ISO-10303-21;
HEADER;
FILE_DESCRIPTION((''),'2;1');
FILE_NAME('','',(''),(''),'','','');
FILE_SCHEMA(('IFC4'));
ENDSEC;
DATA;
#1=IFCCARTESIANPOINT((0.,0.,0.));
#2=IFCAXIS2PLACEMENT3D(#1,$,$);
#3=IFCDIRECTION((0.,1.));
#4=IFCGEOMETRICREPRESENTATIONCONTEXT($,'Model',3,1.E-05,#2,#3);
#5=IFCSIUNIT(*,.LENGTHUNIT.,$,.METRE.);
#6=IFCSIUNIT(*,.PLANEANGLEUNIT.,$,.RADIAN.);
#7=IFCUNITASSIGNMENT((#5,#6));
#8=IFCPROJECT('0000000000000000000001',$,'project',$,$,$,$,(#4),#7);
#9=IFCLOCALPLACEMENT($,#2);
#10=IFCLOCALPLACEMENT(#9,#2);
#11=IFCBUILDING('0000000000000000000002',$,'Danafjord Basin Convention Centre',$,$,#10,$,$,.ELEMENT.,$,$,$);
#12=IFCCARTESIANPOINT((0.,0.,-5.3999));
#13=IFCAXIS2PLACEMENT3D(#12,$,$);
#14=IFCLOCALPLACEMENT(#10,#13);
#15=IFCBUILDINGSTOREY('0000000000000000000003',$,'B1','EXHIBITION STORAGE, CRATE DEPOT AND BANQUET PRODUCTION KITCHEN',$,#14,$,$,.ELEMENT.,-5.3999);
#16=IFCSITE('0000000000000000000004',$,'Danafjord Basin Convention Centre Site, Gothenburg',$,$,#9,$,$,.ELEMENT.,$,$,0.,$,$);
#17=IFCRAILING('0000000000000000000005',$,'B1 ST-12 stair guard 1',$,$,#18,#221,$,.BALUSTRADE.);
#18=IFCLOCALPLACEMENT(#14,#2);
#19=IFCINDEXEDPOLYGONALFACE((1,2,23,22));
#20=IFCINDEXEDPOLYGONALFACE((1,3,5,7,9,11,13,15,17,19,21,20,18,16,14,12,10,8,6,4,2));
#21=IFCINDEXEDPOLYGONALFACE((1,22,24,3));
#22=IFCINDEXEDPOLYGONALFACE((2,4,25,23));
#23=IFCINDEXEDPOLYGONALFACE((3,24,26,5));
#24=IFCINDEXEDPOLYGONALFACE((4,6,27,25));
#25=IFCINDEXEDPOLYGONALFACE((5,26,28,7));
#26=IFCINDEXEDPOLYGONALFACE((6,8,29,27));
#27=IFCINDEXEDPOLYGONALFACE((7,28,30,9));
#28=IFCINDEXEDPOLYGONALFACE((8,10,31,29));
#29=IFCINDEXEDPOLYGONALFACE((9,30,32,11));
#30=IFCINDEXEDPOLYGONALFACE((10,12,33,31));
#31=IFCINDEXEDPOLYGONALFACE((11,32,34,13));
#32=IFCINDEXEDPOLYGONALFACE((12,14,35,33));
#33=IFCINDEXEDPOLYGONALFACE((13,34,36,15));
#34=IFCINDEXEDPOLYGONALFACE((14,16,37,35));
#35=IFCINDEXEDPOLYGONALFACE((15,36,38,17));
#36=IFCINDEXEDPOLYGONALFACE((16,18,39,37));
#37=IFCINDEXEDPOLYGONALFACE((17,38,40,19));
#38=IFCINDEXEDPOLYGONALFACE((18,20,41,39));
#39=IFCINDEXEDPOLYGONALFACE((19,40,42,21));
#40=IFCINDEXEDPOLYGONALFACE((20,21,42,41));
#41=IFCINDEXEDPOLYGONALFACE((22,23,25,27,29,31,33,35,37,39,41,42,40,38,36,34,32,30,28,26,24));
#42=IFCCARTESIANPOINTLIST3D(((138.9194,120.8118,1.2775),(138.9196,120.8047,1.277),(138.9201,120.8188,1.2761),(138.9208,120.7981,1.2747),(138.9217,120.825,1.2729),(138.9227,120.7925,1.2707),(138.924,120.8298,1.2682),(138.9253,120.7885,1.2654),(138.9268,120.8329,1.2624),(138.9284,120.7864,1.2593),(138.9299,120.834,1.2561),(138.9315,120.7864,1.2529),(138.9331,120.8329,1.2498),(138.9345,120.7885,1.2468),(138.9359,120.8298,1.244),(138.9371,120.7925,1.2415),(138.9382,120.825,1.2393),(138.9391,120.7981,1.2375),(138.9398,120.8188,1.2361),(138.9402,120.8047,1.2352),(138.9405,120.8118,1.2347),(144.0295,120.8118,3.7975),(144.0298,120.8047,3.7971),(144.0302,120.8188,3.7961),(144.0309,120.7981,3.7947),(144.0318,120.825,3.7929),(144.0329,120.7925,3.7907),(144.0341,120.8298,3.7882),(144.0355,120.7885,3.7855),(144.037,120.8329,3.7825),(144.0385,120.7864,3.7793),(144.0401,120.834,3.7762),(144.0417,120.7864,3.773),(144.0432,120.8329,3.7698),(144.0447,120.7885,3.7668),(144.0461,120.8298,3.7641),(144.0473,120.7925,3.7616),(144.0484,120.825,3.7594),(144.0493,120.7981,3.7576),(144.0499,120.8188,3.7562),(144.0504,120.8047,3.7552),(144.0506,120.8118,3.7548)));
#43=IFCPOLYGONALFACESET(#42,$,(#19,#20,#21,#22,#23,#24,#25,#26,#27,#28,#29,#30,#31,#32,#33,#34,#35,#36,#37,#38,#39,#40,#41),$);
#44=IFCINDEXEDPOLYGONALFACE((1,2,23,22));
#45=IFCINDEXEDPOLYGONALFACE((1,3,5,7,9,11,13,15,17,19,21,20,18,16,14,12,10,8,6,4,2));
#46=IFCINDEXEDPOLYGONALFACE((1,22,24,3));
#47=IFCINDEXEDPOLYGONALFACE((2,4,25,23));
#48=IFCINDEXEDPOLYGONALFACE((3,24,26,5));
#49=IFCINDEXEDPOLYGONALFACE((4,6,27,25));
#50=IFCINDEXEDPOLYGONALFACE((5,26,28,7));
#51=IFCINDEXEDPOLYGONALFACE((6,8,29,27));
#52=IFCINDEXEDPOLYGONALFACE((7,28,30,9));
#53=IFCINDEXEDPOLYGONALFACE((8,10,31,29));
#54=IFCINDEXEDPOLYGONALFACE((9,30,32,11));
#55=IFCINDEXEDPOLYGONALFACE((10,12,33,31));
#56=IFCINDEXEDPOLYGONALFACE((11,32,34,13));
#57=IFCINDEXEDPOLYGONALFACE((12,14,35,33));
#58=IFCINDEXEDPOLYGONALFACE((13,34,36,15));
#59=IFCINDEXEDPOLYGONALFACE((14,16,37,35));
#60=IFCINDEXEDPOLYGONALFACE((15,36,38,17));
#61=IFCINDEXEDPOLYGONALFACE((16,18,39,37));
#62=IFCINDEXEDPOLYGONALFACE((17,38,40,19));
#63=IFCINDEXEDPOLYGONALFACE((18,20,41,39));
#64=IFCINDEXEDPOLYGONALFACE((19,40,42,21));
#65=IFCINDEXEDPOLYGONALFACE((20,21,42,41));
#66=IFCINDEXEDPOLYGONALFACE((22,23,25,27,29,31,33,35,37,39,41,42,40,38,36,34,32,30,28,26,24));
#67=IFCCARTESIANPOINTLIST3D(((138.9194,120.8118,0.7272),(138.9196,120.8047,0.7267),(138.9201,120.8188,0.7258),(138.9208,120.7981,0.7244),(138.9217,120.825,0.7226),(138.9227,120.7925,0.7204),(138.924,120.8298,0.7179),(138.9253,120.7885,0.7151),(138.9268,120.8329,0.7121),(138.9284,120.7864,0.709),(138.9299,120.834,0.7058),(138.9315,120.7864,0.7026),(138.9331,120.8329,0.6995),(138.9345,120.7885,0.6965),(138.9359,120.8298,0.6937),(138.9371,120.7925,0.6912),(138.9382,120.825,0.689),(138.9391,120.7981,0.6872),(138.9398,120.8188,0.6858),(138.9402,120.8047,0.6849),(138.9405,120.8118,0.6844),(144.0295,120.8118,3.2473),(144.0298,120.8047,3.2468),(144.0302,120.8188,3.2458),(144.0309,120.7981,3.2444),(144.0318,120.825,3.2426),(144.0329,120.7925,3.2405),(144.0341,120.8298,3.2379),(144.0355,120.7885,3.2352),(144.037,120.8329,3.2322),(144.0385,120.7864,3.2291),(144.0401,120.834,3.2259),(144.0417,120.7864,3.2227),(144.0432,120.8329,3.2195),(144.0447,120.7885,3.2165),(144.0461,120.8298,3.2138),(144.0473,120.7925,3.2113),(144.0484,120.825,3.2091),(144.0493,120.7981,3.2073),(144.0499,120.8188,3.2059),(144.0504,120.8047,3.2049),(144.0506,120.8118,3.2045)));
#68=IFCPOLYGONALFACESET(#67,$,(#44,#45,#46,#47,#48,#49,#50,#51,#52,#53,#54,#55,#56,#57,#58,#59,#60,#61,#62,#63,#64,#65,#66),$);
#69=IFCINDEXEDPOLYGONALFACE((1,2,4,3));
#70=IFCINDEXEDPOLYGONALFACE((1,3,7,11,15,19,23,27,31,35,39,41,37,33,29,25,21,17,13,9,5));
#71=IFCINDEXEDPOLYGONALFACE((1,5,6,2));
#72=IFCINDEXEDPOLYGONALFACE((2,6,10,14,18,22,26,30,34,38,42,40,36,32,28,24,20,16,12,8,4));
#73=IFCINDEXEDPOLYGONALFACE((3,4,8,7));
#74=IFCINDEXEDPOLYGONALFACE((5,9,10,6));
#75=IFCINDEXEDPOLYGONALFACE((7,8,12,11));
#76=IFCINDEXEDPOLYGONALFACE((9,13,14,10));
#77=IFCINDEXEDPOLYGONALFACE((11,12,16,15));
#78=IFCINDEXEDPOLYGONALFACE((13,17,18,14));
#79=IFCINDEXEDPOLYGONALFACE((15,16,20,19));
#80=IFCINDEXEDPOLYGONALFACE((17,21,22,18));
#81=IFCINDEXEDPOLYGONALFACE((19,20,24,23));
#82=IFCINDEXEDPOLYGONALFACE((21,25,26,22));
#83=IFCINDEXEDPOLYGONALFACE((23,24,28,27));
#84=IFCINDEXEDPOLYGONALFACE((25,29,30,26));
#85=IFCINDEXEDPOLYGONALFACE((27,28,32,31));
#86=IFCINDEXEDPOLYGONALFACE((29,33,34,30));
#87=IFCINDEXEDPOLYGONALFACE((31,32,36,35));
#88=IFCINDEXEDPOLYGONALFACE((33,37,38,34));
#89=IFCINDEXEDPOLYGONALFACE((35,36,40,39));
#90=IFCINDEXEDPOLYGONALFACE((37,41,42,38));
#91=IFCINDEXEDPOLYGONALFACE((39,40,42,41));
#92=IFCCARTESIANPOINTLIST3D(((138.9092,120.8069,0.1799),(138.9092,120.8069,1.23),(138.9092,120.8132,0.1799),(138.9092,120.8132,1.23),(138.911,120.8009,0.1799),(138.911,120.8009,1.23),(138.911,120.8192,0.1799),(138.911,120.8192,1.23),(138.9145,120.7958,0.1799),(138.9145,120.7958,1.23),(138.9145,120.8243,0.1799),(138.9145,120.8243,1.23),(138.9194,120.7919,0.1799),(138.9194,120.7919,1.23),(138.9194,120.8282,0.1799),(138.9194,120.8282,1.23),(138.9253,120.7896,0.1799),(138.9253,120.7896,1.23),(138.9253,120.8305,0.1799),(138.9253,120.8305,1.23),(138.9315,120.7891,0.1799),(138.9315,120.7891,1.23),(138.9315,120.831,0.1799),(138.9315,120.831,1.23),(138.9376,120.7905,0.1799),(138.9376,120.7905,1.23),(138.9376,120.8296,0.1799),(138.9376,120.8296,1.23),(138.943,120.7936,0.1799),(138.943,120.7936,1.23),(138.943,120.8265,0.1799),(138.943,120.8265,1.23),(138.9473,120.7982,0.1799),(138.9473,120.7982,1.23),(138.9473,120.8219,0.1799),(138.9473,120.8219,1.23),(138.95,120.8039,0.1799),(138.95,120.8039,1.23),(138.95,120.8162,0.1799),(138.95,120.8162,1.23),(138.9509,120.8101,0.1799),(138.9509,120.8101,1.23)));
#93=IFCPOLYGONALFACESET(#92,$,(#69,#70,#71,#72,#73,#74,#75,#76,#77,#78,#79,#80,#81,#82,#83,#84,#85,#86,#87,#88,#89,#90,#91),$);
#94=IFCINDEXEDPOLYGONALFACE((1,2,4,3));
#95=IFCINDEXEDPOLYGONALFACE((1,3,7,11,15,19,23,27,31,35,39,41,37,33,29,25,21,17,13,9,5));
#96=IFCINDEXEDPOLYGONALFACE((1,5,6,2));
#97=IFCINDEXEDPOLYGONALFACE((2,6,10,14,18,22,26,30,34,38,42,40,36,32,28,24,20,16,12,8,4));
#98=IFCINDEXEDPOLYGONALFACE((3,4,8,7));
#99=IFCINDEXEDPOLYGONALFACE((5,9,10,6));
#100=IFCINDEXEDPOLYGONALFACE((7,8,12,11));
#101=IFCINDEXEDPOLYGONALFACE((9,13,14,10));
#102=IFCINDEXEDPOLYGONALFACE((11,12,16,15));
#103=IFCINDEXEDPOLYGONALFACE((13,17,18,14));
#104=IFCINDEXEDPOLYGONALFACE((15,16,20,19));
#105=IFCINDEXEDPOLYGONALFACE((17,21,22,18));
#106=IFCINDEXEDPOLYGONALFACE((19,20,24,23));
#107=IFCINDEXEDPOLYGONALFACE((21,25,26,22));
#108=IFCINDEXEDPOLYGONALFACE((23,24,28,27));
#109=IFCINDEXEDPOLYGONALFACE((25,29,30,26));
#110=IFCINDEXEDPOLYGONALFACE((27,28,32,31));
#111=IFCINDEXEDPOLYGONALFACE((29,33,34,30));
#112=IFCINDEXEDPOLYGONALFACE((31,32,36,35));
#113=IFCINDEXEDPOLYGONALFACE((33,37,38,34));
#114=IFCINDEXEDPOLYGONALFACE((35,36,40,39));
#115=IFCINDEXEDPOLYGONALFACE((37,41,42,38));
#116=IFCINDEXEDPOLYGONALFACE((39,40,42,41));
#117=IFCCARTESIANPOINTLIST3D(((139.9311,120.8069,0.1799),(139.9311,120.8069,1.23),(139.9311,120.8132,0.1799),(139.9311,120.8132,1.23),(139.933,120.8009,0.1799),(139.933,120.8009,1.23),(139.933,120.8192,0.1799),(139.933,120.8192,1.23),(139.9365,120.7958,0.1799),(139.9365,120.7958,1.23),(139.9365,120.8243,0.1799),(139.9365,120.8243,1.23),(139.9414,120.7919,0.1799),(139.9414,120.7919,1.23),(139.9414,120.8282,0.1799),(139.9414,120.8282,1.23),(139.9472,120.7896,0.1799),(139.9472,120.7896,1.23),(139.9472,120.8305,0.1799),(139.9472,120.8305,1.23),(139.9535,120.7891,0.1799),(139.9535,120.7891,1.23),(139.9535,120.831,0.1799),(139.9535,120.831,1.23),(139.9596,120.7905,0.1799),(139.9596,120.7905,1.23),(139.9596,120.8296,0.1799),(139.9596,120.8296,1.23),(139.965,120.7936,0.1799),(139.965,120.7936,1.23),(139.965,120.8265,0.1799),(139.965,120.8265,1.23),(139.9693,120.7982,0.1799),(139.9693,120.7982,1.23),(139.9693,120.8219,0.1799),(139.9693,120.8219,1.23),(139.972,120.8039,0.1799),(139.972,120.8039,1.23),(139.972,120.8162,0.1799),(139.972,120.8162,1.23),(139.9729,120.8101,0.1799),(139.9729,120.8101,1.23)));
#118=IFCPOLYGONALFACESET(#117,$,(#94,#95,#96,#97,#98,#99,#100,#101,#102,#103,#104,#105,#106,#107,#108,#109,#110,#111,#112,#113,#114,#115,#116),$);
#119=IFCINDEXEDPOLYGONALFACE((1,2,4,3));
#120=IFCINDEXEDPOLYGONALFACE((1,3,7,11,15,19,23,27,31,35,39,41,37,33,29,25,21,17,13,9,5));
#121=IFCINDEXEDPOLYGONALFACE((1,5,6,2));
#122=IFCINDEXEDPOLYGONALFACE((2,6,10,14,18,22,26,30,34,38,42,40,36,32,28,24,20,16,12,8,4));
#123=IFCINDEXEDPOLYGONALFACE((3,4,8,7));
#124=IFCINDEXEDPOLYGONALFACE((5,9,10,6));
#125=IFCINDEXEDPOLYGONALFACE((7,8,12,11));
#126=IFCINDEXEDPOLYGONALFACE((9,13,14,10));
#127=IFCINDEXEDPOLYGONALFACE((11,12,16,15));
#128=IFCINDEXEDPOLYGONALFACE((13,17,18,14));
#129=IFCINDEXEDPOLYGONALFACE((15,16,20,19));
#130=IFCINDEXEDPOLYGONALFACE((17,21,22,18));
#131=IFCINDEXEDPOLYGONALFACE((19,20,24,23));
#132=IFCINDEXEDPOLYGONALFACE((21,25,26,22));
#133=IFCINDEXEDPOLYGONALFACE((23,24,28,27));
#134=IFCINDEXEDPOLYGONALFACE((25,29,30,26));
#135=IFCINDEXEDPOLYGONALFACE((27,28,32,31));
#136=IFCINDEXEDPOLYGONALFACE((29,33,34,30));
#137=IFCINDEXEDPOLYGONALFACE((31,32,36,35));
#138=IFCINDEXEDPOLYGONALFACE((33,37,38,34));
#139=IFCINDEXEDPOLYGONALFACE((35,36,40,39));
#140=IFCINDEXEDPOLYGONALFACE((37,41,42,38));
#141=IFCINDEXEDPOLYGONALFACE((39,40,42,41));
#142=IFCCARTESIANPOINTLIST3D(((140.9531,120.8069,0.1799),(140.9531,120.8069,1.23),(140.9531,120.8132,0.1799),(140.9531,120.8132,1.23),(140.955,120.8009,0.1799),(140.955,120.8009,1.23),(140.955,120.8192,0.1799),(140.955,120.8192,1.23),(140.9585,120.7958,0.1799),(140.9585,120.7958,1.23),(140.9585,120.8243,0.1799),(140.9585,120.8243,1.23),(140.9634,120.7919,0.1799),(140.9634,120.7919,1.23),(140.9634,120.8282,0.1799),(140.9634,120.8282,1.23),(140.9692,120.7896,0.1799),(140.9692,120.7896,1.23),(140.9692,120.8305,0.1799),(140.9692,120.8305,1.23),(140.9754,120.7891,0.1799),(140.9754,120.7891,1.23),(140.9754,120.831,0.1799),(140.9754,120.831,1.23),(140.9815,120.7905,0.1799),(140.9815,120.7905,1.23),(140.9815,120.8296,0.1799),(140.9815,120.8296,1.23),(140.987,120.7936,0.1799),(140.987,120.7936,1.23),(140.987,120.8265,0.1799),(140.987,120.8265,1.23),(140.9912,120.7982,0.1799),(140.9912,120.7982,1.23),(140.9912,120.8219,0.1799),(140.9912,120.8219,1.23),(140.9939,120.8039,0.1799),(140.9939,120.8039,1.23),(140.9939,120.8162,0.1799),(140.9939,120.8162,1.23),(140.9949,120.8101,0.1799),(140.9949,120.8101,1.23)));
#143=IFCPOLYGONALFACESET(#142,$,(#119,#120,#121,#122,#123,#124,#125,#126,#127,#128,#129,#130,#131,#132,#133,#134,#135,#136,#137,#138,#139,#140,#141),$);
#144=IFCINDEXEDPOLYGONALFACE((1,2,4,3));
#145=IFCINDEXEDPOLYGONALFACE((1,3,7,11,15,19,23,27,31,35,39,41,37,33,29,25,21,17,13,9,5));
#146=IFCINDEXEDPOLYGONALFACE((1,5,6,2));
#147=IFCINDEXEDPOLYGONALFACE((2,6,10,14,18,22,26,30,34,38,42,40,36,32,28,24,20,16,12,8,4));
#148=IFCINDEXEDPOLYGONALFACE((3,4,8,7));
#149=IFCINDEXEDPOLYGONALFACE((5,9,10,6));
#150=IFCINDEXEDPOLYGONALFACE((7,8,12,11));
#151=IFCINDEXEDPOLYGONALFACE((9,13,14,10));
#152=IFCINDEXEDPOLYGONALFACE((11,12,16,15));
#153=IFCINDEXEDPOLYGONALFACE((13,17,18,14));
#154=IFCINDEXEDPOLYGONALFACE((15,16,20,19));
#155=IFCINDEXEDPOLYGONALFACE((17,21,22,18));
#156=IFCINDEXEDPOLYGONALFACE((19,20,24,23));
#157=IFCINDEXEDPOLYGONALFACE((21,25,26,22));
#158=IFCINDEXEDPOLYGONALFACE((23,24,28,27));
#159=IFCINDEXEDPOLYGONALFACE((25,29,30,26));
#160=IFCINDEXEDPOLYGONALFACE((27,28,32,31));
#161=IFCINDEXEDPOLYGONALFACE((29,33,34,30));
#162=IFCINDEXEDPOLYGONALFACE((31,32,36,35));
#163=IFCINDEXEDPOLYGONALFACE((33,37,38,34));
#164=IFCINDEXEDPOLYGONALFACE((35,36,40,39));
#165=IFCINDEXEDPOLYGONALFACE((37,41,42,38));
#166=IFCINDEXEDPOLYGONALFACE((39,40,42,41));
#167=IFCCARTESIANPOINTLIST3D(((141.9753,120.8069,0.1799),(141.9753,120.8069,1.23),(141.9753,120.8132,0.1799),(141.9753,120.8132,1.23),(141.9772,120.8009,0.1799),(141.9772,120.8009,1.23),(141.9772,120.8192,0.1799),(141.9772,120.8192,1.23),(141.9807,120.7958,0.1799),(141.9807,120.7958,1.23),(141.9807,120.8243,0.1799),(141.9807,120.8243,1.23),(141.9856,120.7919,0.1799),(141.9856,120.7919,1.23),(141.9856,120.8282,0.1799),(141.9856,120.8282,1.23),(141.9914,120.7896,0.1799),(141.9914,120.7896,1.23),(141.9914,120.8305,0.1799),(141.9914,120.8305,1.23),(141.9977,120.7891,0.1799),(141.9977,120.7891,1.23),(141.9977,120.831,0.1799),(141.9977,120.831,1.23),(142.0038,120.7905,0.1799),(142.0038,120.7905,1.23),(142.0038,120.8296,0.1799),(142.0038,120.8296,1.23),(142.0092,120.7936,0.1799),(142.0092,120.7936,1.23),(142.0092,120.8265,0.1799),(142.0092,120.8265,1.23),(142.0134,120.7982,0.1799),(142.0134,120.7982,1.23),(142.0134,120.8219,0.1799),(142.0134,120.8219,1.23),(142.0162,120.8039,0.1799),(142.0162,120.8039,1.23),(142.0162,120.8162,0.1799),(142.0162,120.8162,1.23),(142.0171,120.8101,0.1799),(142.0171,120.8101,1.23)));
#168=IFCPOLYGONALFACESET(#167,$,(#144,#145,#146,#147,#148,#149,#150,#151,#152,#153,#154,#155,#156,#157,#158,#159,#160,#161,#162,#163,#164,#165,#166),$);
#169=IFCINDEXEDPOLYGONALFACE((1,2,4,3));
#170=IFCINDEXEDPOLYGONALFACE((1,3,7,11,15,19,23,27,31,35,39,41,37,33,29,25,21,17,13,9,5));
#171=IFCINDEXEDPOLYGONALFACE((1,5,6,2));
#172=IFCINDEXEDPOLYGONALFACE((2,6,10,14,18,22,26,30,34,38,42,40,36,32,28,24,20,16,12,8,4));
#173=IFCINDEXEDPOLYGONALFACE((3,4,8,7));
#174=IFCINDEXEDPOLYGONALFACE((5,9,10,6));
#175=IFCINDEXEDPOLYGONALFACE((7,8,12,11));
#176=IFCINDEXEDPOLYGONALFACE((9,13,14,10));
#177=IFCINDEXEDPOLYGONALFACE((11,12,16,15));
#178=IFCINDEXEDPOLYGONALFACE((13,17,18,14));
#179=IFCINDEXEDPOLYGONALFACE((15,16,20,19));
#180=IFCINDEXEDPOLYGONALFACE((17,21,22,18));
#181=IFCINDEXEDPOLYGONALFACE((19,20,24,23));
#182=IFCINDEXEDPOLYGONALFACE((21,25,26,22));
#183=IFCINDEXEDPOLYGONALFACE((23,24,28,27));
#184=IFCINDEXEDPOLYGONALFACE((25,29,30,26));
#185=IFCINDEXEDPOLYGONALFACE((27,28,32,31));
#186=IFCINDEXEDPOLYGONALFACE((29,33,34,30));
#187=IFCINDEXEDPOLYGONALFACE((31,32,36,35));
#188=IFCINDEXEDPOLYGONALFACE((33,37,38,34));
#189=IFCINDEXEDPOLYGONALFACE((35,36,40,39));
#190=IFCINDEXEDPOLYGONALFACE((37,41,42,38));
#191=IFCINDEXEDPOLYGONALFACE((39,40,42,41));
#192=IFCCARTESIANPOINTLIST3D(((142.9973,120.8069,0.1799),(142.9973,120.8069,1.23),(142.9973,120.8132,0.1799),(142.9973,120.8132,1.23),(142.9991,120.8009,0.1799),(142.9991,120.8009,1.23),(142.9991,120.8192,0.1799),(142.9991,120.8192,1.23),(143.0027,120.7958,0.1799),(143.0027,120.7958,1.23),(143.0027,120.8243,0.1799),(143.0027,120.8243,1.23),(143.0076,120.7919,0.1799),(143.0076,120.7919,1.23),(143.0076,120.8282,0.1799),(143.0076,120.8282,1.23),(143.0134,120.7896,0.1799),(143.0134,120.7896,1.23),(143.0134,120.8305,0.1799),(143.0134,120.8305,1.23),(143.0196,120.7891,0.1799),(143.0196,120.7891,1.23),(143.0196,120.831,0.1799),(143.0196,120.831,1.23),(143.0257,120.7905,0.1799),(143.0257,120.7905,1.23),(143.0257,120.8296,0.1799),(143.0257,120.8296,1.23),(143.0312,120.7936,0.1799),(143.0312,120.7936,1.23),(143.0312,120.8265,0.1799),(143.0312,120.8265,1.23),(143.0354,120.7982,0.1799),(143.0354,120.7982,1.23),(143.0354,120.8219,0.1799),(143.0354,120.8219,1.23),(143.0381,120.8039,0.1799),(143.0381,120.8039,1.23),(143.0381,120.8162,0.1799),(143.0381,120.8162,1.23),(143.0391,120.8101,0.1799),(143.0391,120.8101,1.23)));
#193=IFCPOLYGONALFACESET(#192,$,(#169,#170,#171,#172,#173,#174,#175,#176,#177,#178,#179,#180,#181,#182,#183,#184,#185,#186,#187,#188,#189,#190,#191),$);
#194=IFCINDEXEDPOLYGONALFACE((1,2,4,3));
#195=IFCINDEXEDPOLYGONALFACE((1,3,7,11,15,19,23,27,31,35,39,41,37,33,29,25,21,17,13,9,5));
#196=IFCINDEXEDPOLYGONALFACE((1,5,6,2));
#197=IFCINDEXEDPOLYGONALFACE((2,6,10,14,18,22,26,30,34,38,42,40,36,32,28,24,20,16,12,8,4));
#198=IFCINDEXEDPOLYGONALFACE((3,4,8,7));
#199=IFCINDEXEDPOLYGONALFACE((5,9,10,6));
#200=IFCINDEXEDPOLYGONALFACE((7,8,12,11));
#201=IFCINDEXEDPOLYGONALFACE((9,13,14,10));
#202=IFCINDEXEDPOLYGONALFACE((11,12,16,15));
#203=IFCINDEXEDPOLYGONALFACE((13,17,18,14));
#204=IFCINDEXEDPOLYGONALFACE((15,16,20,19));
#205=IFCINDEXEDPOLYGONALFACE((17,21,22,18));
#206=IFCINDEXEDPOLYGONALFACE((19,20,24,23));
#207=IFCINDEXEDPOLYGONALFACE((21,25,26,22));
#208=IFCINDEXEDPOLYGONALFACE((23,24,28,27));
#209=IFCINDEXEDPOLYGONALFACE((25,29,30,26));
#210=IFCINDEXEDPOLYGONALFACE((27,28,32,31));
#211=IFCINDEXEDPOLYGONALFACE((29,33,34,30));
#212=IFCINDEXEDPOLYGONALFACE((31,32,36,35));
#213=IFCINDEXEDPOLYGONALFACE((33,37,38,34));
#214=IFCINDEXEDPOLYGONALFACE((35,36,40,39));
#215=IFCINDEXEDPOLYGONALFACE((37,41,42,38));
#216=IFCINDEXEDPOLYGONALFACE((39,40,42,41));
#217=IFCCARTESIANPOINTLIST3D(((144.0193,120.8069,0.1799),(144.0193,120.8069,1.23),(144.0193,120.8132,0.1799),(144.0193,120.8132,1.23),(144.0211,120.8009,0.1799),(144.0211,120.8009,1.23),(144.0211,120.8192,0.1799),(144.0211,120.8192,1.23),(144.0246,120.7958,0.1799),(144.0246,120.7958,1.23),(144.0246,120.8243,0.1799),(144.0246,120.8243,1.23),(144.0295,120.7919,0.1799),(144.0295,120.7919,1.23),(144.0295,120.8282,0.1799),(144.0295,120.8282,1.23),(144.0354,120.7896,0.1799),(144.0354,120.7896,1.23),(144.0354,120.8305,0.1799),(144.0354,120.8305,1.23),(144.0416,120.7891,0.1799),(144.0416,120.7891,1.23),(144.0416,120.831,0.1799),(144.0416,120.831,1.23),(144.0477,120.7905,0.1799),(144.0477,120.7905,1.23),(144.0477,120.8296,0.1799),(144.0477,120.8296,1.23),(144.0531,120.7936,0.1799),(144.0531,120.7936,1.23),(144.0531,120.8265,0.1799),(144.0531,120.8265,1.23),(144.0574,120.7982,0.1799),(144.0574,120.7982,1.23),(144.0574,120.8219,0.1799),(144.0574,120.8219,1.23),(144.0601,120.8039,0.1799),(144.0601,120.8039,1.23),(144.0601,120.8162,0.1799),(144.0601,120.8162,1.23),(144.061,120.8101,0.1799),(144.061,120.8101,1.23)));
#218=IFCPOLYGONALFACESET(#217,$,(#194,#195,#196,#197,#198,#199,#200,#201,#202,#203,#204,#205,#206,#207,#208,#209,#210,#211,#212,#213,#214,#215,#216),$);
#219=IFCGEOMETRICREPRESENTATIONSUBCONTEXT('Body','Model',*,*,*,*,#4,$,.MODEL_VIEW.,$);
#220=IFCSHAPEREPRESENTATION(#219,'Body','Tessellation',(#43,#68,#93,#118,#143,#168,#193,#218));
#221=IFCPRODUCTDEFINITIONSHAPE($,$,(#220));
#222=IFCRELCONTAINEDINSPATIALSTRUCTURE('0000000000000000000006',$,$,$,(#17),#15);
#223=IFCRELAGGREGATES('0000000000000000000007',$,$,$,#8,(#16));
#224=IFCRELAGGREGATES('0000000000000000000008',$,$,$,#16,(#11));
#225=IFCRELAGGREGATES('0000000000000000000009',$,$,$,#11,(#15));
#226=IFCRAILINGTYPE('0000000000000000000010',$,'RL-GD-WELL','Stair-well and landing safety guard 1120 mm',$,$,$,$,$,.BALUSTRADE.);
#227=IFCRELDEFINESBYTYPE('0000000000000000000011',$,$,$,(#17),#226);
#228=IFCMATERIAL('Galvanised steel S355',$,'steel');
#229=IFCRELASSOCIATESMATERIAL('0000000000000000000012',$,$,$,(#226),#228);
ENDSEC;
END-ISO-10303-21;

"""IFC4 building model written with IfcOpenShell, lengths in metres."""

from ifc_helpers import new_model, si_unit, direction, frame, origin, origin_2d, place, context, subcontext, project, spatial, circle, extrude, material, type_object, element, save


model = new_model("IFC4")

# Units and contexts
model_context = context("Model", 3, precision=1e-05, world=origin(), true_north=direction((0.0, 1.0)))
body_context = subcontext(model_context, "Body", "Model", "MODEL_VIEW")
ifc_project = project(units=[si_unit("LENGTHUNIT", "METRE"), si_unit("PLANEANGLEUNIT", "RADIAN")], contexts=[model_context])

# Site, building, storey
site_placement = place(None, origin())
site = spatial("IfcSite", under=ifc_project, at=site_placement, Name="Danafjord Basin Convention Centre Site, Gothenburg", CompositionType="ELEMENT", RefElevation=0.0)
building_placement = place(site_placement, origin())
building = spatial("IfcBuilding", under=site, at=building_placement, Name="Danafjord Basin Convention Centre", CompositionType="ELEMENT")
storey_placement = place(building_placement, frame((0.0, 0.0, -5.3999)))
storey = spatial("IfcBuildingStorey", under=building, at=storey_placement, Name="B1", Description="EXHIBITION STORAGE, CRATE DEPOT AND BANQUET PRODUCTION KITCHEN", CompositionType="ELEMENT", Elevation=-5.3999)

# Railing
ifc_material_1 = material(Name="Galvanised steel S355", Category="steel")
railing_type_1 = type_object("IfcRailingType", Name="RL-GD-WELL", Description="Stair-well and landing safety guard 1120 mm", PredefinedType="BALUSTRADE", material=ifc_material_1)
railing_1_placement = place(storey_placement, frame((138.9299, 120.8101, 0.1799)))
element("IfcRailing", 1, at=railing_1_placement, inside=storey, type_object=railing_type_1, Name="B1 ST-12 stair guard 1", PredefinedType="BALUSTRADE", context=body_context, shape_type="SweptSolid", body=[
    extrude(circle(Radius=0.0239, at=origin_2d()), frame((0.0, 0.0, 1.0762), z_axis=(0.896873, 0.0, 0.442288), x_axis=(0.0, 1.0, 0.0)), (0.0, 0.0, 1.0), 5.6978),
    extrude(circle(Radius=0.0239, at=origin_2d()), frame((0.0, 0.0, 0.5259), z_axis=(0.896873, 0.0, 0.442288), x_axis=(0.0, 1.0, 0.0)), (0.0, 0.0, 1.0), 5.6978),
    extrude(circle(Radius=0.021, at=origin_2d()), origin(), (0.0, 0.0, 1.0), 1.05),
    extrude(circle(Radius=0.021, at=origin_2d()), frame((1.022, 0.0, 0.0)), (0.0, 0.0, 1.0), 1.05),
    extrude(circle(Radius=0.021, at=origin_2d()), frame((2.0439, 0.0, 0.0)), (0.0, 0.0, 1.0), 1.05),
    extrude(circle(Radius=0.021, at=origin_2d()), frame((3.0662, 0.0, 0.0)), (0.0, 0.0, 1.0), 1.05),
    extrude(circle(Radius=0.021, at=origin_2d()), frame((4.0881, 0.0, 0.0)), (0.0, 0.0, 1.0), 1.05),
    extrude(circle(Radius=0.021, at=origin_2d()), frame((5.1101, 0.0, 0.0)), (0.0, 0.0, 1.0), 1.05),
])

save(model, "model.ifc")
